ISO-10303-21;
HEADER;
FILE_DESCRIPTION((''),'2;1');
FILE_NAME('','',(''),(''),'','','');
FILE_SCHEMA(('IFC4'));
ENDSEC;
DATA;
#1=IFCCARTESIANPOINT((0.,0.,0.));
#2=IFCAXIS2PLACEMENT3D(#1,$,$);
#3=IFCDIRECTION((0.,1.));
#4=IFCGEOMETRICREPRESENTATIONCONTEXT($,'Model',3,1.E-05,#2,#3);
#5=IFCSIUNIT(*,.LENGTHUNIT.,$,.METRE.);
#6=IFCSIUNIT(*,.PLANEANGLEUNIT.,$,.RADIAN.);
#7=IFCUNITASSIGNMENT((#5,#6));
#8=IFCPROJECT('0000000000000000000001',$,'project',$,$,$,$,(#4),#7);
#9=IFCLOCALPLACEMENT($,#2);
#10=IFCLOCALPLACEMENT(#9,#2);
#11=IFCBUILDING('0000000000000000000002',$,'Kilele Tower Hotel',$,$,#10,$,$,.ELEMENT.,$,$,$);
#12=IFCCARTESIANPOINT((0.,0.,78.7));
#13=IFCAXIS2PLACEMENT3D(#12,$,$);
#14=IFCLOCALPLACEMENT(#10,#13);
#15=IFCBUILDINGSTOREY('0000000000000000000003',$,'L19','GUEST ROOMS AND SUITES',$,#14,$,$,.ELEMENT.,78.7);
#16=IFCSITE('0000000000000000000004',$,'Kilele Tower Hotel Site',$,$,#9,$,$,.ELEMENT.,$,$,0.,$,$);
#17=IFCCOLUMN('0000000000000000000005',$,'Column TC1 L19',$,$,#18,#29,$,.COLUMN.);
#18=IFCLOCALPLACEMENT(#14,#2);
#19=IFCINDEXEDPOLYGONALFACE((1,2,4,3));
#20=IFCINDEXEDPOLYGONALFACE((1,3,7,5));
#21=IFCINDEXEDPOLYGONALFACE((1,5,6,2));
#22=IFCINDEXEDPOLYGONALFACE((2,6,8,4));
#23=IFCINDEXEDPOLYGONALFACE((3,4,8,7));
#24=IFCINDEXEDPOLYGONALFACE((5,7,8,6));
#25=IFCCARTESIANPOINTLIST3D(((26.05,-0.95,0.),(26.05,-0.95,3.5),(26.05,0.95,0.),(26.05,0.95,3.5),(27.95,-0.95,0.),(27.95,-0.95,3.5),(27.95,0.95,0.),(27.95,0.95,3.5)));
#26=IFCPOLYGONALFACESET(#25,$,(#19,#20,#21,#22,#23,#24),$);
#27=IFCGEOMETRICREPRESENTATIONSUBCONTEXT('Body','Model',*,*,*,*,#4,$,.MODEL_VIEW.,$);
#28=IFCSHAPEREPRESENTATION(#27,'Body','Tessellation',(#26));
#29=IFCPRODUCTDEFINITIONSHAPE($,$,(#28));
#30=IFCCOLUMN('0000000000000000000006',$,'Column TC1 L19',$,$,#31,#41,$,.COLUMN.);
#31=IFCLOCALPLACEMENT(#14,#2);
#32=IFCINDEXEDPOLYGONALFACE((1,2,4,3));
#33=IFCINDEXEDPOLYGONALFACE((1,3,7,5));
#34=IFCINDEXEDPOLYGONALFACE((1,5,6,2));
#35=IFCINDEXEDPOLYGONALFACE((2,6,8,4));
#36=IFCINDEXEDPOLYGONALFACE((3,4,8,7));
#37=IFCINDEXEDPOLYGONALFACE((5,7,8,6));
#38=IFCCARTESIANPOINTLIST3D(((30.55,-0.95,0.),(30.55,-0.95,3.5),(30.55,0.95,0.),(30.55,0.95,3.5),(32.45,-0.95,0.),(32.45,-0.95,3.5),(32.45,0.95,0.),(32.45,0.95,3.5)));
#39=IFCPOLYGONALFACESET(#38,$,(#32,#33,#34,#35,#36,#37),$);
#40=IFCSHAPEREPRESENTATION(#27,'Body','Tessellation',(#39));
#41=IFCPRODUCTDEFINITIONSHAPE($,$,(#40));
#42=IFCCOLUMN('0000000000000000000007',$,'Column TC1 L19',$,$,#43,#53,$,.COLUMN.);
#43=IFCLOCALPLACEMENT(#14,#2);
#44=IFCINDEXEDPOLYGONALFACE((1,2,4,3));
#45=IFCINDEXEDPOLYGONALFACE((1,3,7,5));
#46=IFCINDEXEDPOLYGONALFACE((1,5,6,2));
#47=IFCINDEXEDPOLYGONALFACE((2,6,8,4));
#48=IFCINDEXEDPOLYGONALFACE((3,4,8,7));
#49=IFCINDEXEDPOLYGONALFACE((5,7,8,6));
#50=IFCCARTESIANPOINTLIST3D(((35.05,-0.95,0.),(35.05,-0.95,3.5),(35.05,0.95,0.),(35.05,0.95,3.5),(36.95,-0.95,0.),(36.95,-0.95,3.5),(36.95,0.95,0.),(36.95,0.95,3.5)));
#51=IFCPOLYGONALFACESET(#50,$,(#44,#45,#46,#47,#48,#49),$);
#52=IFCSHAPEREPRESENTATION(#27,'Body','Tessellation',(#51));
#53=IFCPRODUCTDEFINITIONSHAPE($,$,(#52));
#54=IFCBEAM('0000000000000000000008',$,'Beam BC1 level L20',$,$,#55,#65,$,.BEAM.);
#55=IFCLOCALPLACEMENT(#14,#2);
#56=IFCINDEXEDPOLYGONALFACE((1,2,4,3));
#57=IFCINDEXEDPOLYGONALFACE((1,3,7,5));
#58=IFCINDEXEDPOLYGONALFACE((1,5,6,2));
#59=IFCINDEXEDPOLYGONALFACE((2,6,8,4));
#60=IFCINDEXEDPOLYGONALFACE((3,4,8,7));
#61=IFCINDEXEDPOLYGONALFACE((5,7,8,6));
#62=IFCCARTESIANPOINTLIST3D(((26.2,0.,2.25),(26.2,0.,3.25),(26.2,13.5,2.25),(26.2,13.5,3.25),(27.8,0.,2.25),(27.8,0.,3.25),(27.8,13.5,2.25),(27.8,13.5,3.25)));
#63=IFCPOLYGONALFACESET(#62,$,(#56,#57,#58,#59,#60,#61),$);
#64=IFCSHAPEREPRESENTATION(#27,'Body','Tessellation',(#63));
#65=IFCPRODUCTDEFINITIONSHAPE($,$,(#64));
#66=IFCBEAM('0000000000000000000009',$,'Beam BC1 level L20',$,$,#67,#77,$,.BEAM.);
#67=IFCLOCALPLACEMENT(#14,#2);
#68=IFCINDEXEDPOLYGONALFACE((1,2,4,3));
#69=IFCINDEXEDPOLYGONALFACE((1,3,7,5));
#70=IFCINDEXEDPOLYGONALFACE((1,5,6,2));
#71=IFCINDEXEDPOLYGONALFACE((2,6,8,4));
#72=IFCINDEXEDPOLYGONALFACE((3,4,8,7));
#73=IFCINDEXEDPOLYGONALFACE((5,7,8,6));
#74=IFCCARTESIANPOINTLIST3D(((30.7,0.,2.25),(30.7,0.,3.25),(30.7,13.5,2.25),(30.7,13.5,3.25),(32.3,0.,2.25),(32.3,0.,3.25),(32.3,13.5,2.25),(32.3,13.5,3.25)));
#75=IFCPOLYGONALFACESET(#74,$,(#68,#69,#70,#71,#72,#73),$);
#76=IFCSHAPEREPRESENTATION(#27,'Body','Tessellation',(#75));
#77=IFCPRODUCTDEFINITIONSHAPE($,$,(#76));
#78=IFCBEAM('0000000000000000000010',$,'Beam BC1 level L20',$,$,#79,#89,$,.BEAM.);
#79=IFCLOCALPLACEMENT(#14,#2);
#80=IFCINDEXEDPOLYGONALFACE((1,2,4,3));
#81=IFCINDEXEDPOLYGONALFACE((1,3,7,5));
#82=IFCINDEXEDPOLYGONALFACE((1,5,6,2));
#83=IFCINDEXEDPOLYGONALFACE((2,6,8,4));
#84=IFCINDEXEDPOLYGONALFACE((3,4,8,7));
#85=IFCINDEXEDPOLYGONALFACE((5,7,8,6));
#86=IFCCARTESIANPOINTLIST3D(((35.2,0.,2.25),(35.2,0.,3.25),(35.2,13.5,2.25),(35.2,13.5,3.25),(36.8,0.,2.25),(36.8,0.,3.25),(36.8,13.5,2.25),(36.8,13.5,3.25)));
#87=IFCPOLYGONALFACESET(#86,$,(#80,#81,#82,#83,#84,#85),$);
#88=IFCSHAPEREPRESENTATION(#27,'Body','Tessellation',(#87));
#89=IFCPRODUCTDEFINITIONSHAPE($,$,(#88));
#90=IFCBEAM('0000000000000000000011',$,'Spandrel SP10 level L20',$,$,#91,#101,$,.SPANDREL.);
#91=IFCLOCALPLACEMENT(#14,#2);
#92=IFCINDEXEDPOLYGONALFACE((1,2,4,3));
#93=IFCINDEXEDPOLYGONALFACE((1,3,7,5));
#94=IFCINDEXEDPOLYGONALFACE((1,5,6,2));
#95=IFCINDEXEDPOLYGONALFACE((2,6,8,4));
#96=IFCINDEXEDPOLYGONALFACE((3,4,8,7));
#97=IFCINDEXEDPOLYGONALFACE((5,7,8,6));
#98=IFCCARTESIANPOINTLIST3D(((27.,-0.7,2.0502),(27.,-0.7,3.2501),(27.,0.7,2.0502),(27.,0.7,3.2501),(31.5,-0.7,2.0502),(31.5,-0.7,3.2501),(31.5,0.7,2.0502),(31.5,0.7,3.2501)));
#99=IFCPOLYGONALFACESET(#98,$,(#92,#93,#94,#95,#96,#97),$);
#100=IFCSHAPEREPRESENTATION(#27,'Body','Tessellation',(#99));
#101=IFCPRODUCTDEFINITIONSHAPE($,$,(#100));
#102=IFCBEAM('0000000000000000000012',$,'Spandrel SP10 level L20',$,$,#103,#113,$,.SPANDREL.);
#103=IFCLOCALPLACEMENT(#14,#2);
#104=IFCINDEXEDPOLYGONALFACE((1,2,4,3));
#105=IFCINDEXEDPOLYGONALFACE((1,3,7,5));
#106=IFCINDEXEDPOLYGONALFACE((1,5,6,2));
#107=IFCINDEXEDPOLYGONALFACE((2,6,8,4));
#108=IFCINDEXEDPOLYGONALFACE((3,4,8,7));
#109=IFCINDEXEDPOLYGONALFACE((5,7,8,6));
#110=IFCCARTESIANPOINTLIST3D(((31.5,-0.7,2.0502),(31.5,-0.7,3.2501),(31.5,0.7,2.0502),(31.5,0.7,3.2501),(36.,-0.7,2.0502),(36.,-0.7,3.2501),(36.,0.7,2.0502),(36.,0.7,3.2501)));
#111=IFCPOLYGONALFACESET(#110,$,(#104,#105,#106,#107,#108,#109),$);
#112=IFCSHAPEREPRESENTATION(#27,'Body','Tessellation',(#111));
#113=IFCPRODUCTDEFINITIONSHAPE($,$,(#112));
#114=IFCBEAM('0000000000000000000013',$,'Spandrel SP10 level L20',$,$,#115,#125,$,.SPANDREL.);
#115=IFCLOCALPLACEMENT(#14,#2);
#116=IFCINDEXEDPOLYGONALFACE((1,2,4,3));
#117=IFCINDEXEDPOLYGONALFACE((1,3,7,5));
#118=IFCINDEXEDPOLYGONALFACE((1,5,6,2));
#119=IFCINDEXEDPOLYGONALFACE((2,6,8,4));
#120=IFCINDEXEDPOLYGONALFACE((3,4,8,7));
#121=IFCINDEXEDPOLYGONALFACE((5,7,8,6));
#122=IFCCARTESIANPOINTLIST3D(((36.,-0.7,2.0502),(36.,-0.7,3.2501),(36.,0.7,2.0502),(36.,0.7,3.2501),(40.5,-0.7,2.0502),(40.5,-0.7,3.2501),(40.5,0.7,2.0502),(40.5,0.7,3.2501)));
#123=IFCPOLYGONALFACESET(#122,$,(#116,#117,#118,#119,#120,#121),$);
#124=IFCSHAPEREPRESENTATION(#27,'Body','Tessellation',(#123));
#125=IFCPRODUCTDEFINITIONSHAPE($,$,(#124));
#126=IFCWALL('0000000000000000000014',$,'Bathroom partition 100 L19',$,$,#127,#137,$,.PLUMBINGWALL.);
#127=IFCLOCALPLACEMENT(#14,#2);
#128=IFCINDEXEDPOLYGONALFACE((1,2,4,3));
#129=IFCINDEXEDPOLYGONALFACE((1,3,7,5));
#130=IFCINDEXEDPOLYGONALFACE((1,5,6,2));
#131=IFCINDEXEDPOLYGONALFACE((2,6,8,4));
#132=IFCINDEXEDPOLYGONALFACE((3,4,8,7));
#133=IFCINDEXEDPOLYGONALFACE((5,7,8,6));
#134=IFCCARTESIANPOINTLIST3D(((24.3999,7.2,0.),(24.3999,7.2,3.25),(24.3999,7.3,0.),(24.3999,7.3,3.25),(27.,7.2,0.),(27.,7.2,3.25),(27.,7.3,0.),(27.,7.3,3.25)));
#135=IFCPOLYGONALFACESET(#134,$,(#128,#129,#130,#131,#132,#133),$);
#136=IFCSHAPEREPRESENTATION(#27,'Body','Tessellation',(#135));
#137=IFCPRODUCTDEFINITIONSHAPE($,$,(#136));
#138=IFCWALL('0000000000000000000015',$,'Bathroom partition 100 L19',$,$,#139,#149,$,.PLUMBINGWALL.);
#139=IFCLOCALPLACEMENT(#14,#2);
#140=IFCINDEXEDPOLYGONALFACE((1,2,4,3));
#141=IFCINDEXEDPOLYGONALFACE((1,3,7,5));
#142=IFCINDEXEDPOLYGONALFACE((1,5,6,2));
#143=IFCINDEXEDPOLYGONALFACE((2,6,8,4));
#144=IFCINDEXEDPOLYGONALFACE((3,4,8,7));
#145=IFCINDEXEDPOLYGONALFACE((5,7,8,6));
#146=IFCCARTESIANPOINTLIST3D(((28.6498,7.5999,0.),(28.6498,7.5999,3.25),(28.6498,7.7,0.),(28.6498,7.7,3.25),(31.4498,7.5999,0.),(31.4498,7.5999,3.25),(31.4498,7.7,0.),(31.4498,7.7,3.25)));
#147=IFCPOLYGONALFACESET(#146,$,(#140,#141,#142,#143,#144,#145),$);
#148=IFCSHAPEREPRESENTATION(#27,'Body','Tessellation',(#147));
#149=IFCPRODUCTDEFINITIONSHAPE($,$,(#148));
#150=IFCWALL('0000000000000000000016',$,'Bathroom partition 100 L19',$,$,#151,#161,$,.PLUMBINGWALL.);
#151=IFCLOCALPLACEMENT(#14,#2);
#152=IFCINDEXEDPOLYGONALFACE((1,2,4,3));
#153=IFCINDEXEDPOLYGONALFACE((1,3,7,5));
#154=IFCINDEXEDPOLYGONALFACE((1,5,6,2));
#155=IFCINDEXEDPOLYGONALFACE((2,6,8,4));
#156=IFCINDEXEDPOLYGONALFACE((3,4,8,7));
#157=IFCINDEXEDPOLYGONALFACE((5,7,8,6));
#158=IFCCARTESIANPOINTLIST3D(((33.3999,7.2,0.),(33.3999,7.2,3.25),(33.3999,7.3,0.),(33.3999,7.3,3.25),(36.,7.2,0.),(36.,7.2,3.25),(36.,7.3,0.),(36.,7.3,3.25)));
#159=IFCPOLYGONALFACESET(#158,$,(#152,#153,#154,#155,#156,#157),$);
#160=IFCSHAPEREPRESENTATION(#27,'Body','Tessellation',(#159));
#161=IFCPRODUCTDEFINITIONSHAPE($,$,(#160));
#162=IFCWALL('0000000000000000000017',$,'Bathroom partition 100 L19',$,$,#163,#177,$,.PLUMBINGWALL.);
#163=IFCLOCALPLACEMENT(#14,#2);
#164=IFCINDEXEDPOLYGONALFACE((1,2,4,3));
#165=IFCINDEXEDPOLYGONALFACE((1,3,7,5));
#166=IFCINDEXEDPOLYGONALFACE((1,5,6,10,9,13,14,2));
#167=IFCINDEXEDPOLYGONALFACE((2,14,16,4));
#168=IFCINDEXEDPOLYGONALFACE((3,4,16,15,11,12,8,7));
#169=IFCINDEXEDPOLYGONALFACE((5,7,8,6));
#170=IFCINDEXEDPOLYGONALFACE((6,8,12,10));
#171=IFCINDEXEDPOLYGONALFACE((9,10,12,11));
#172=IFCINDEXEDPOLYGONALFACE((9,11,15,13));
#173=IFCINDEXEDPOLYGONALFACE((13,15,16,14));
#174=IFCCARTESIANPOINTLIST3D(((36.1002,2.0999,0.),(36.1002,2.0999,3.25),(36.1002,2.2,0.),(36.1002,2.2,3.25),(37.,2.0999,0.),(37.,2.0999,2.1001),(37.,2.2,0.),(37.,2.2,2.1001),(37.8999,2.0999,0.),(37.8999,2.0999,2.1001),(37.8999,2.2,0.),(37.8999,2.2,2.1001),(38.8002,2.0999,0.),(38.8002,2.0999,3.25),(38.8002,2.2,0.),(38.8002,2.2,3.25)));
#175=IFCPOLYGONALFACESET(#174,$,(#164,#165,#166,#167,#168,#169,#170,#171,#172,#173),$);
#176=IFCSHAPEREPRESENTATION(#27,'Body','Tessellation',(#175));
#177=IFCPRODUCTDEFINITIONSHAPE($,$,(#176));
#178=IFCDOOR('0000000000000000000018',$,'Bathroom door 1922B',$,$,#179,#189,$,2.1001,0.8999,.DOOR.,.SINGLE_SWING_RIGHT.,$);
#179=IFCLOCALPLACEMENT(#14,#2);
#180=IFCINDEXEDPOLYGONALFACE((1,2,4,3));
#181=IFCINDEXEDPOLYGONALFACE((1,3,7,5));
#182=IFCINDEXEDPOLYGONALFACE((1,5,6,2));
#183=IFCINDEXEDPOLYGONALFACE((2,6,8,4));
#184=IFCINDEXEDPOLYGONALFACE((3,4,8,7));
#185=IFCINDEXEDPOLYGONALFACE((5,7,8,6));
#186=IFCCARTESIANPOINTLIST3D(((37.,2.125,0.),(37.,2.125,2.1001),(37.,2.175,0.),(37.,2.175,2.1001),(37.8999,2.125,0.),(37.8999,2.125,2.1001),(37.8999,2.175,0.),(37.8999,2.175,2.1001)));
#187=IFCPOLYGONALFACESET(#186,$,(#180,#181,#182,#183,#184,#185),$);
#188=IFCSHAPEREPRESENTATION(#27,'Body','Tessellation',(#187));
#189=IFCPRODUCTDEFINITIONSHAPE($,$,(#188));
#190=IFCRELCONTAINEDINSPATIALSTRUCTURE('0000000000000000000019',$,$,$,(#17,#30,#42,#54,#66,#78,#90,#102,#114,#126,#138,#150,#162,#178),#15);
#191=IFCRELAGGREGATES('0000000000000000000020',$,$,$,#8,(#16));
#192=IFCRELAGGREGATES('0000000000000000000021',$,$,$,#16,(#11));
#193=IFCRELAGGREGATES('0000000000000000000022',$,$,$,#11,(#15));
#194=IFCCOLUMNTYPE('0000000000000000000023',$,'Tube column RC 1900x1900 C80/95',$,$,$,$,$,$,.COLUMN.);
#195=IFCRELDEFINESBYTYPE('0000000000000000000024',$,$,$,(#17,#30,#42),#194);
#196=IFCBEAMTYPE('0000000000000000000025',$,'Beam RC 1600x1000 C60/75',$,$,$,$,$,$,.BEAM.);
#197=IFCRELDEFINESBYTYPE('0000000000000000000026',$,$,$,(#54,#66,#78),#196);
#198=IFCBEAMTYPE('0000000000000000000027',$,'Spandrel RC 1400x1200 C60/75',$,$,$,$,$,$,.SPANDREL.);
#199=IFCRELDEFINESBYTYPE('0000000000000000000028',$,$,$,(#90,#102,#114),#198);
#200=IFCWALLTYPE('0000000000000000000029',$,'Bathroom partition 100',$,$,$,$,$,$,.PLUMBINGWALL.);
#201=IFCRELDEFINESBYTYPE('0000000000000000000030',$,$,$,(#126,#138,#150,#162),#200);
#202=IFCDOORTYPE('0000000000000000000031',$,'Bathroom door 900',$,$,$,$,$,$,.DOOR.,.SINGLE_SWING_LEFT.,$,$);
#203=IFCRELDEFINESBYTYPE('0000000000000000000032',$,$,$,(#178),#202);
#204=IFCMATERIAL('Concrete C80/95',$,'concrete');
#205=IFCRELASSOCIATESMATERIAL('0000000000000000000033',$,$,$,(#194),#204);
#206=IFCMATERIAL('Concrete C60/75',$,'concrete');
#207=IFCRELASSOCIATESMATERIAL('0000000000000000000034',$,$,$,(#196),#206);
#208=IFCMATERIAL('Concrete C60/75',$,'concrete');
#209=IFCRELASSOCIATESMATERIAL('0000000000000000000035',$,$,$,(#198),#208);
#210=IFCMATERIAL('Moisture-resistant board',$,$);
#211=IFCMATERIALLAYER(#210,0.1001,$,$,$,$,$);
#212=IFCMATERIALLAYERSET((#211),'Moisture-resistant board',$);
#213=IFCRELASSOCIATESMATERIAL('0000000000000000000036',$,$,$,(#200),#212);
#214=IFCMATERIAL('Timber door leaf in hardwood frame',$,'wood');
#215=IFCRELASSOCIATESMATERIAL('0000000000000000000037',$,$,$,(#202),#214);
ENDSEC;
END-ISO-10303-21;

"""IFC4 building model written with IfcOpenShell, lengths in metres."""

from ifc_helpers import new_model, si_unit, direction, frame, frame_2d, origin, origin_2d, place, context, subcontext, project, spatial, rectangle, extrude, material, layer, layer_set, material_profile, profile_set, type_object, element, fill, save


model = new_model("IFC4")

# Units and contexts
model_context = context("Model", 3, precision=1e-05, world=origin(), true_north=direction((0.0, 1.0)))
body_context = subcontext(model_context, "Body", "Model", "MODEL_VIEW")
ifc_project = project(units=[si_unit("LENGTHUNIT", "METRE"), si_unit("PLANEANGLEUNIT", "RADIAN")], contexts=[model_context])

# Site, building, storey
site_placement = place(None, origin())
site = spatial("IfcSite", under=ifc_project, at=site_placement, Name="Kilele Tower Hotel Site", CompositionType="ELEMENT", RefElevation=0.0)
building_placement = place(site_placement, origin())
building = spatial("IfcBuilding", under=site, at=building_placement, Name="Kilele Tower Hotel", CompositionType="ELEMENT")
storey_placement = place(building_placement, frame((0.0, 0.0, 78.7)))
storey = spatial("IfcBuildingStorey", under=building, at=storey_placement, Name="L19", Description="GUEST ROOMS AND SUITES", CompositionType="ELEMENT", Elevation=78.7)

# Columns
ifc_material_1 = material(Name="Concrete C80/95", Category="concrete")
ifc_material_profile_1 = material_profile(ifc_material_1, rectangle(XDim=1.8999, YDim=1.8999, at=origin_2d()))
ifc_profile_set_1 = profile_set([ifc_material_profile_1], Name="Concrete C80/95")
column_type = type_object("IfcColumnType", Name="Tube column RC 1900x1900 C80/95", PredefinedType="COLUMN", material=ifc_profile_set_1)
for number, where, z_axis, x_axis, name in (
    (1, (27.0, 0.0, 0.0), (0.0, 0.0, 1.0), (1.0, 0.0, 0.0), "Column TC1 L19"),
    (2, (31.5, 0.0, 0.0), (0.0, 0.0, 1.0), (1.0, 0.0, 0.0), "Column TC1 L19"),
    (3, (36.0, 0.0, 0.0), (0.0, 0.0, 1.0), (1.0, 0.0, 0.0), "Column TC1 L19"),
):
    element("IfcColumn", number, at=place(storey_placement, frame(where, z_axis=z_axis, x_axis=x_axis)), inside=storey, type_object=column_type, Name=name, PredefinedType="COLUMN", context=body_context, shape_type="SweptSolid", body=[
        extrude(rectangle(XDim=1.8999, YDim=1.8999, at=origin_2d()), origin(), (0.0, 0.0, 1.0), 3.5),
    ])

# Beams
ifc_material_2 = material(Name="Concrete C60/75", Category="concrete")
ifc_material_profile_2 = material_profile(ifc_material_2, rectangle(XDim=1.6001, YDim=1.0, at=origin_2d()))
ifc_profile_set_2 = profile_set([ifc_material_profile_2], Name="Concrete C60/75")
beam_type_1 = type_object("IfcBeamType", Name="Beam RC 1600x1000 C60/75", PredefinedType="BEAM", material=ifc_profile_set_2)
for number, where, z_axis, x_axis, name in (
    (4, (27.0, 0.0, 2.75), (0.0, 1.0, 0.0), (-1.0, 0.0, 0.0), "Beam BC1 level L20"),
    (5, (31.5, 0.0, 2.75), (0.0, 1.0, 0.0), (-1.0, 0.0, 0.0), "Beam BC1 level L20"),
    (6, (36.0, 0.0, 2.75), (0.0, 1.0, 0.0), (-1.0, 0.0, 0.0), "Beam BC1 level L20"),
):
    element("IfcBeam", number, at=place(storey_placement, frame(where, z_axis=z_axis, x_axis=x_axis)), inside=storey, type_object=beam_type_1, Name=name, PredefinedType="BEAM", context=body_context, shape_type="SweptSolid", body=[
        extrude(rectangle(XDim=1.6001, YDim=1.0, at=origin_2d()), origin(), (0.0, 0.0, 1.0), 13.5),
    ])
ifc_material_3 = material(Name="Concrete C60/75", Category="concrete")
ifc_material_profile_3 = material_profile(ifc_material_3, rectangle(XDim=1.3999, YDim=1.2, at=origin_2d()))
ifc_profile_set_3 = profile_set([ifc_material_profile_3], Name="Concrete C60/75")
beam_type_2 = type_object("IfcBeamType", Name="Spandrel RC 1400x1200 C60/75", PredefinedType="SPANDREL", material=ifc_profile_set_3)
for number, where, z_axis, x_axis, name in (
    (7, (27.0, 0.0, 2.6501), (1.0, 0.0, 0.0), (0.0, 1.0, 0.0), "Spandrel SP10 level L20"),
    (8, (31.5, 0.0, 2.6501), (1.0, 0.0, 0.0), (0.0, 1.0, 0.0), "Spandrel SP10 level L20"),
    (9, (36.0, 0.0, 2.6501), (1.0, 0.0, 0.0), (0.0, 1.0, 0.0), "Spandrel SP10 level L20"),
):
    element("IfcBeam", number, at=place(storey_placement, frame(where, z_axis=z_axis, x_axis=x_axis)), inside=storey, type_object=beam_type_2, Name=name, PredefinedType="SPANDREL", context=body_context, shape_type="SweptSolid", body=[
        extrude(rectangle(XDim=1.3999, YDim=1.2, at=origin_2d()), origin(), (0.0, 0.0, 1.0), 4.5),
    ])

# Walls
ifc_material_4 = material(Name="Moisture-resistant board")
ifc_layer_1 = layer(ifc_material_4, 0.1001)
ifc_layer_set_1 = layer_set([ifc_layer_1], Name="Moisture-resistant board")
wall_type_1 = type_object("IfcWallType", Name="Bathroom partition 100", PredefinedType="PLUMBINGWALL", material=ifc_layer_set_1)
wall_1_placement = place(storey_placement, frame((24.3999, 7.25, 0.0), z_axis=(0.0, 0.0, 1.0), x_axis=(1.0, 0.0, 0.0)))
element("IfcWall", 10, at=wall_1_placement, inside=storey, type_object=wall_type_1, Name="Bathroom partition 100 L19", PredefinedType="PLUMBINGWALL", context=body_context, shape_type="SweptSolid", body=[
    extrude(rectangle(XDim=2.6001, YDim=0.1001, at=frame_2d((1.3, 0.0))), origin(), (0.0, 0.0, 1.0), 3.25),
])
wall_2_placement = place(storey_placement, frame((28.6499, 7.6499, 0.0), z_axis=(0.0, 0.0, 1.0), x_axis=(1.0, 0.0, 0.0)))
element("IfcWall", 11, at=wall_2_placement, inside=storey, type_object=wall_type_1, Name="Bathroom partition 100 L19", PredefinedType="PLUMBINGWALL", context=body_context, shape_type="SweptSolid", body=[
    extrude(rectangle(XDim=2.8, YDim=0.1001, at=frame_2d((1.3999, 0.0))), origin(), (0.0, 0.0, 1.0), 3.25),
])
wall_3_placement = place(storey_placement, frame((33.3999, 7.25, 0.0), z_axis=(0.0, 0.0, 1.0), x_axis=(1.0, 0.0, 0.0)))
element("IfcWall", 12, at=wall_3_placement, inside=storey, type_object=wall_type_1, Name="Bathroom partition 100 L19", PredefinedType="PLUMBINGWALL", context=body_context, shape_type="SweptSolid", body=[
    extrude(rectangle(XDim=2.6001, YDim=0.1001, at=frame_2d((1.3, 0.0))), origin(), (0.0, 0.0, 1.0), 3.25),
])

# Wall, opening, door
wall_4_placement = place(storey_placement, frame((36.1001, 2.1499, 0.0), z_axis=(0.0, 0.0, 1.0), x_axis=(1.0, 0.0, 0.0)))
wall_4 = element("IfcWall", 13, at=wall_4_placement, inside=storey, type_object=wall_type_1, Name="Bathroom partition 100 L19", PredefinedType="PLUMBINGWALL", context=body_context, shape_type="SweptSolid", body=[
    extrude(rectangle(XDim=2.7, YDim=0.1001, at=frame_2d((1.3501, 0.0))), origin(), (0.0, 0.0, 1.0), 3.25),
])
opening_1_placement = place(wall_4_placement, frame((1.7998, 0.0, 0.0), z_axis=(0.0, 0.0, 1.0), x_axis=(-1.0, 0.0, 0.0)))
opening_1 = element("IfcOpeningElement", 14, at=opening_1_placement, cuts=wall_4, PredefinedType="OPENING", context=body_context, shape_type="SweptSolid", body=[
    extrude(rectangle(XDim=0.8999, YDim=2.1001, at=frame_2d((0.45, 1.05))), frame((0.0, 0.0601, 0.0), z_axis=(0.0, -1.0, 0.0), x_axis=(1.0, 0.0, 0.0)), (0.0, 0.0, 1.0), 0.1201),
])
ifc_material_5 = material(Name="Timber door leaf in hardwood frame", Category="wood")
door_type_1 = type_object("IfcDoorType", Name="Bathroom door 900", OperationType="SINGLE_SWING_LEFT", PredefinedType="DOOR", material=ifc_material_5)
door_1_placement = place(opening_1_placement, origin())
door_1 = element("IfcDoor", 15, at=door_1_placement, inside=storey, type_object=door_type_1, Name="Bathroom door 1922B", OperationType="SINGLE_SWING_RIGHT", OverallHeight=2.1001, OverallWidth=0.8999, PredefinedType="DOOR", context=body_context, shape_type="SweptSolid", body=[
    extrude(rectangle(XDim=0.8999, YDim=2.1001, at=frame_2d((0.45, 1.05))), frame((0.0, 0.0249, 0.0), z_axis=(0.0, -1.0, 0.0), x_axis=(1.0, 0.0, 0.0)), (0.0, 0.0, 1.0), 0.05),
])
fill(opening_1, door_1)

save(model, "model.ifc")
